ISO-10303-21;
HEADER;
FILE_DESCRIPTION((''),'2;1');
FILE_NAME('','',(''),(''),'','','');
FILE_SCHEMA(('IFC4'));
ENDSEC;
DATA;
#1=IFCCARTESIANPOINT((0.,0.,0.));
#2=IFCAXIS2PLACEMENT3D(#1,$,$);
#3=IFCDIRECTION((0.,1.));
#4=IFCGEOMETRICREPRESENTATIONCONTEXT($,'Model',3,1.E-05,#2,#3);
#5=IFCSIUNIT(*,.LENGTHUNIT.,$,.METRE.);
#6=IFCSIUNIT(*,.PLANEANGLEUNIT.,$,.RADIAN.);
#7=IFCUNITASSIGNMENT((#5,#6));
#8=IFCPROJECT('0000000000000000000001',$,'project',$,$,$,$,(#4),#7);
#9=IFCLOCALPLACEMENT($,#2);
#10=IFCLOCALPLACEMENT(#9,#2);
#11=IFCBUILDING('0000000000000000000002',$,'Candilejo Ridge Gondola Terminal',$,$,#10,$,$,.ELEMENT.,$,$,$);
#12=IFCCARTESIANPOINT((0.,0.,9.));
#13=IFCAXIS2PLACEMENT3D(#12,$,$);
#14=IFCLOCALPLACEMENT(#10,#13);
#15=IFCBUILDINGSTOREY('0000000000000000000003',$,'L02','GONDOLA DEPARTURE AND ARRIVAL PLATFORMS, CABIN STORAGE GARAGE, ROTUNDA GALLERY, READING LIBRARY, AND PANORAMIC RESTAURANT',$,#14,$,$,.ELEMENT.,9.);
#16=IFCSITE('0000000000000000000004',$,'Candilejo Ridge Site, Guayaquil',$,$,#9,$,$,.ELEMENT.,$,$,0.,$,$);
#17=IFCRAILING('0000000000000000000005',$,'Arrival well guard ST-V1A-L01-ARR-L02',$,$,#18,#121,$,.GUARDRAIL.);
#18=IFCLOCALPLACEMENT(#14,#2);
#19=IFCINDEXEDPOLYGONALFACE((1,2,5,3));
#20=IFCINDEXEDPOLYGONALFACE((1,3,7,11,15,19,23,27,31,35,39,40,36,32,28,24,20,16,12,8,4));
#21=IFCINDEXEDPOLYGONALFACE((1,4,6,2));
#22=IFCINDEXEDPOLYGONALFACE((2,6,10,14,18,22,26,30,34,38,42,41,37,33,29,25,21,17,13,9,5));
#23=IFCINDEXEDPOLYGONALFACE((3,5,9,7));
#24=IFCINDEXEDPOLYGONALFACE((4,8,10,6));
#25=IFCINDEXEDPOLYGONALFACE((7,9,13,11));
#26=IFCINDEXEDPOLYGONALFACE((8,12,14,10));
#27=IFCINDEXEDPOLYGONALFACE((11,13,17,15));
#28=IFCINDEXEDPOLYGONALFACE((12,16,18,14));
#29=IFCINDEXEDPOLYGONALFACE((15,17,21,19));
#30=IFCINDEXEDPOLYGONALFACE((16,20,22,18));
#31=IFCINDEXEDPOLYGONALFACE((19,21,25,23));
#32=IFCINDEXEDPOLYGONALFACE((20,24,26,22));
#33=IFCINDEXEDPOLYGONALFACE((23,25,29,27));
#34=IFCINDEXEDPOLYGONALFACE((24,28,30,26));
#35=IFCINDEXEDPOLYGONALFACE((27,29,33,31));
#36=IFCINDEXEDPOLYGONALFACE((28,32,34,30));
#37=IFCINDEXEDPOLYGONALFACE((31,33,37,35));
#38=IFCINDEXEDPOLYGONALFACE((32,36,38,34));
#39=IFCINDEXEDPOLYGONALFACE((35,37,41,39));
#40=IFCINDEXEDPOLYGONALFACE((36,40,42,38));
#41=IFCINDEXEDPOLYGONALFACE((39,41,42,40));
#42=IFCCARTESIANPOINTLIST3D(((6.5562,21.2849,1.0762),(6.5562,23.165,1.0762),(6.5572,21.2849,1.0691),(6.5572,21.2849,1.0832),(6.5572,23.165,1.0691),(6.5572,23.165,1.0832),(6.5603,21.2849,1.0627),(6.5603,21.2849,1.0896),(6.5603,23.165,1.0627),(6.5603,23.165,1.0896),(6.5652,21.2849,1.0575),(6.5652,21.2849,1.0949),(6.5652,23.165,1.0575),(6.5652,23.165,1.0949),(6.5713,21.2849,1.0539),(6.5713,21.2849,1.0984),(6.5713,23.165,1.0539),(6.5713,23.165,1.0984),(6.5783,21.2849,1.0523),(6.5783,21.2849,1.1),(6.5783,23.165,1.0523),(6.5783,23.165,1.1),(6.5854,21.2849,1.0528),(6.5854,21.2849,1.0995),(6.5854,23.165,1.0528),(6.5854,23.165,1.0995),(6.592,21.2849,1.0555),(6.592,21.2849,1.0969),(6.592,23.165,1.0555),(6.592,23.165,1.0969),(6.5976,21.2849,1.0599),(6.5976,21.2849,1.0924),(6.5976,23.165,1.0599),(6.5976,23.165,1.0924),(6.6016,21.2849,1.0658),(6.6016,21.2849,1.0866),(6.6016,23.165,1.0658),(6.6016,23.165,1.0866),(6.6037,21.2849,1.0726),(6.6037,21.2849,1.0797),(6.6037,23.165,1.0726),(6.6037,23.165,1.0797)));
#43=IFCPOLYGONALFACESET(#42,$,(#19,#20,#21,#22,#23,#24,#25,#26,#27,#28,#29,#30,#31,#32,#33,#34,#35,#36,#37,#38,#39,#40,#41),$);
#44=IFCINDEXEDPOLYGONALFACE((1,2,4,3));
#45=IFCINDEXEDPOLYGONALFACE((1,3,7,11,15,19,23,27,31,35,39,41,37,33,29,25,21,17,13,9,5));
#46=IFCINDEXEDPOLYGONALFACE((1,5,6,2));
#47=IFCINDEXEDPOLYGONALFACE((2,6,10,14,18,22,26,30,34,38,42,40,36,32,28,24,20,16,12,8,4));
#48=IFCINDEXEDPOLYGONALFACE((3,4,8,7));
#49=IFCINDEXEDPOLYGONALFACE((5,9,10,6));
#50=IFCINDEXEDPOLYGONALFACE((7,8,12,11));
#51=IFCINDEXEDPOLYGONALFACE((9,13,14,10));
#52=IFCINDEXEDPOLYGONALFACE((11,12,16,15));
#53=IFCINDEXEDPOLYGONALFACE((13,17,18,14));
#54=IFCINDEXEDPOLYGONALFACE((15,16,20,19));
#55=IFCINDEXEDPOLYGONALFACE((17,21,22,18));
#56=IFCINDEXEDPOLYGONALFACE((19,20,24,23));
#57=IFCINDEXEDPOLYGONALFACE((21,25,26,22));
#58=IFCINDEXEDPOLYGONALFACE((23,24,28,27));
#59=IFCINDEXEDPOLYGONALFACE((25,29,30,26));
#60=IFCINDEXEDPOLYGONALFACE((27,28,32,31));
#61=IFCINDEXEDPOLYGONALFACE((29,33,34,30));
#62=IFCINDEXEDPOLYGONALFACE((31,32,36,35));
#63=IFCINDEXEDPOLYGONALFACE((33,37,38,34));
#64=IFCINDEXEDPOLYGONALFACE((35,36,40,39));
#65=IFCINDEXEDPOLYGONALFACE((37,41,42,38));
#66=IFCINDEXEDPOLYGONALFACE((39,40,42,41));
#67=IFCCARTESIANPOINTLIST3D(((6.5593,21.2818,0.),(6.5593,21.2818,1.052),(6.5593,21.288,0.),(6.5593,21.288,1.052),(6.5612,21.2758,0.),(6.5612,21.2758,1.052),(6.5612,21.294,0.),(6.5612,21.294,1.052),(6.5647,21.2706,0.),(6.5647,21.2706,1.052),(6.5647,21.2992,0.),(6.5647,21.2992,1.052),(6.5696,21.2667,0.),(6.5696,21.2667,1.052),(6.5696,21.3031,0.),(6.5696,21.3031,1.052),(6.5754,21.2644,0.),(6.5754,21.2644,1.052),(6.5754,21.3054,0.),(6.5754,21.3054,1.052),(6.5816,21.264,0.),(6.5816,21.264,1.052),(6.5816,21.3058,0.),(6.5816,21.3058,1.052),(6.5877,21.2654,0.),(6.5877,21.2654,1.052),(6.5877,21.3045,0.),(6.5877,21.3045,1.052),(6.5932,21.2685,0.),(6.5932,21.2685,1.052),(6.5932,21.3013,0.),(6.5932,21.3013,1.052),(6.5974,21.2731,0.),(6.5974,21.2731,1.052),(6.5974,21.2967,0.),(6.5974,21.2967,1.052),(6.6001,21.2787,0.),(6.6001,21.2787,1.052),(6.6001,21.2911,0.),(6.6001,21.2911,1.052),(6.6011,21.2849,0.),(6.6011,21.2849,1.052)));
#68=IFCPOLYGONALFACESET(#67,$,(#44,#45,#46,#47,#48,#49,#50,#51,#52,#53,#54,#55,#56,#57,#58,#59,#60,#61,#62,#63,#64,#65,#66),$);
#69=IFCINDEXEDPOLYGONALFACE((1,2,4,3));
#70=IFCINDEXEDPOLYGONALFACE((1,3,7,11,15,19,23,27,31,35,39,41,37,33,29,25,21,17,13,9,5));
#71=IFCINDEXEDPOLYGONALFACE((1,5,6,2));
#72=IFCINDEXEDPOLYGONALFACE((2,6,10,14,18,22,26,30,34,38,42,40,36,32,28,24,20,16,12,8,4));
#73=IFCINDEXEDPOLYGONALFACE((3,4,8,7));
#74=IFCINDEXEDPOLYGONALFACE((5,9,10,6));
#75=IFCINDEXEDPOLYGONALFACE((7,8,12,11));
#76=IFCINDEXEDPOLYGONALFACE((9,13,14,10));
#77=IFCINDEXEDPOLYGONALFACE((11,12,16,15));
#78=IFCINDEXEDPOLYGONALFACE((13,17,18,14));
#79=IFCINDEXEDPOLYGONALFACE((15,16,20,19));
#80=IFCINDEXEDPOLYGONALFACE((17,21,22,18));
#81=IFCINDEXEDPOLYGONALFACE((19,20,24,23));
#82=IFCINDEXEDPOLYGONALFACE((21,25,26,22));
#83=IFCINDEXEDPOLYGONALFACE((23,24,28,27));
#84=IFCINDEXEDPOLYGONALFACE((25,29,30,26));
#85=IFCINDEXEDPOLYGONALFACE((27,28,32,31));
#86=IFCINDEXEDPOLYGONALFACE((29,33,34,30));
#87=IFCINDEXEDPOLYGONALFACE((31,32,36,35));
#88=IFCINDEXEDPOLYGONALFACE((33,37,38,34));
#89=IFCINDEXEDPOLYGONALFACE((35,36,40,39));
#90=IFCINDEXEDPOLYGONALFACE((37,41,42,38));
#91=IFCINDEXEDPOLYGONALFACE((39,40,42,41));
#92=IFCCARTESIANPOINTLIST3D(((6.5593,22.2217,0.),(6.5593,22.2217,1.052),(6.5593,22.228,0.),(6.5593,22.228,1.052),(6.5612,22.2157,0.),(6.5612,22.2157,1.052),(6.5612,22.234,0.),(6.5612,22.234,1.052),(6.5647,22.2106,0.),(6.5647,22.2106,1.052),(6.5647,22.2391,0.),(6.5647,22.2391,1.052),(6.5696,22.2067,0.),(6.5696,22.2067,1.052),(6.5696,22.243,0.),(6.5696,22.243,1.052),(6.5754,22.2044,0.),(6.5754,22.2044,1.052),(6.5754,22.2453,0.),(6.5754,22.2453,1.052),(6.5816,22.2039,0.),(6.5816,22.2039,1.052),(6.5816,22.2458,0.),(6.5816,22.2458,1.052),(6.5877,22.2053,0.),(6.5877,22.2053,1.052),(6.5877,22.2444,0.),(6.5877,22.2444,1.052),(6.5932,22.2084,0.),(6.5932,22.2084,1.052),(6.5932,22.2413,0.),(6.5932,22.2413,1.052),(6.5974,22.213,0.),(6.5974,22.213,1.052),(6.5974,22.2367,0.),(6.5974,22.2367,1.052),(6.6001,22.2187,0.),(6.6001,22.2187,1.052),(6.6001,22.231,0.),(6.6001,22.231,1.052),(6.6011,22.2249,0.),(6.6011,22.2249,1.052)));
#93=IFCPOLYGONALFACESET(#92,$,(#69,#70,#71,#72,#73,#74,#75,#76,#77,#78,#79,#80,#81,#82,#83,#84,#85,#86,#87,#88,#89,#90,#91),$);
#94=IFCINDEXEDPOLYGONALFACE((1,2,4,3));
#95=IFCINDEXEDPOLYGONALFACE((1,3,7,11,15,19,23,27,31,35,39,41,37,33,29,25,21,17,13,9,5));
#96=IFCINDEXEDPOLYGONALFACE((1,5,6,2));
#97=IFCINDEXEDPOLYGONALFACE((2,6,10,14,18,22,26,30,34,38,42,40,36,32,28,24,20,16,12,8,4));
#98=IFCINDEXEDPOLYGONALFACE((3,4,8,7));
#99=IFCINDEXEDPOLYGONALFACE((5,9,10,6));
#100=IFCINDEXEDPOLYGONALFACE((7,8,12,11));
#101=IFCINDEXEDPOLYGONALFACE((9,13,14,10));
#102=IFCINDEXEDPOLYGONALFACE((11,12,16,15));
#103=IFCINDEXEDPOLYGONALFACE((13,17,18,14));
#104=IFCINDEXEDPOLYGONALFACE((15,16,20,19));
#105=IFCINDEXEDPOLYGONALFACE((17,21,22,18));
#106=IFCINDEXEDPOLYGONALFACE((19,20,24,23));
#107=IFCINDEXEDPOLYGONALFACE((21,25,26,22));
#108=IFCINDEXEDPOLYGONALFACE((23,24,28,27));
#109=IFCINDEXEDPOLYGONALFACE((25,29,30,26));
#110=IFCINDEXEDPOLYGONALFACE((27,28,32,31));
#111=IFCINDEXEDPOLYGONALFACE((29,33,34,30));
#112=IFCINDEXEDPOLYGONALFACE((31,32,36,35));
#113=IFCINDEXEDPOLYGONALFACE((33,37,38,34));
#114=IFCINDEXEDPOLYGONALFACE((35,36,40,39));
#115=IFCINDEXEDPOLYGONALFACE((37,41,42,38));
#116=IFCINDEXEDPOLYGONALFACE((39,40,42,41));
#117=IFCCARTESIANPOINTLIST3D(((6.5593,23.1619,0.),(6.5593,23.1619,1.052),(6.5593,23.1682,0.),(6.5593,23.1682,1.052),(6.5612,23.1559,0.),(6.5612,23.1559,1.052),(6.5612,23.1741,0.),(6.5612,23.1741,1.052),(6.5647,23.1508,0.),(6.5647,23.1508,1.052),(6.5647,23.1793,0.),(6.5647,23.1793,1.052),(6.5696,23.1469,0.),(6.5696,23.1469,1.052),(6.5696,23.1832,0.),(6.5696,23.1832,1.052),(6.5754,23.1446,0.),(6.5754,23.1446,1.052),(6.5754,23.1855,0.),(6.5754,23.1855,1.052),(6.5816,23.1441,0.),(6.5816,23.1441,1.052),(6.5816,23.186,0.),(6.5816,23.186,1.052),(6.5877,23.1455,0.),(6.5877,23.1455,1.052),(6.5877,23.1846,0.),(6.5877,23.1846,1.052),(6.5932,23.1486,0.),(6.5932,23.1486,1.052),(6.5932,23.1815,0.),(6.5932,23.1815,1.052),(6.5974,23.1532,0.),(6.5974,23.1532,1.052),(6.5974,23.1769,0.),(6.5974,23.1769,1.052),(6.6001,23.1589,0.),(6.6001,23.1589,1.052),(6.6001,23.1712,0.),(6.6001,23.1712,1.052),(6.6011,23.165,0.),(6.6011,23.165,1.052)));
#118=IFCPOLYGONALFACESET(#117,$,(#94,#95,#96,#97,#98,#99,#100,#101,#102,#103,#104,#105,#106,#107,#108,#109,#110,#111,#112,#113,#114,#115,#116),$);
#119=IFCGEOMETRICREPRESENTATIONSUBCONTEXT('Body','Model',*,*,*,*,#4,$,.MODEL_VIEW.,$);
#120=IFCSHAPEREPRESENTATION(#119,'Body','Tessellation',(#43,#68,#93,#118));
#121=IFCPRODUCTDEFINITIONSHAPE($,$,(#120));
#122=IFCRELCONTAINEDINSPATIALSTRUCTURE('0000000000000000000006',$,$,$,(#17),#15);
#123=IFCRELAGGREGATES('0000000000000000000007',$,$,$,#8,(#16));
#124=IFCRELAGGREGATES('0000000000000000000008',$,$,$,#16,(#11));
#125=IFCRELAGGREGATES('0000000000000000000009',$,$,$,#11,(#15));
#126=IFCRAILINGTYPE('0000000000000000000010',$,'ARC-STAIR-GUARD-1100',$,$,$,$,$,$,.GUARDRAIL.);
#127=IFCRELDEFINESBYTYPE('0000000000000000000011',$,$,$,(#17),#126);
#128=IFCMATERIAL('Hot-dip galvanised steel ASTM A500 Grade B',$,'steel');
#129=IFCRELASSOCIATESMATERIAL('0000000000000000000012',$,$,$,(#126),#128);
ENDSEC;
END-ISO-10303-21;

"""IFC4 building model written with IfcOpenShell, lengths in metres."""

from ifc_helpers import new_model, si_unit, direction, frame, origin, origin_2d, place, context, subcontext, project, spatial, circle, extrude, material, type_object, element, save


model = new_model("IFC4")

# Units and contexts
model_context = context("Model", 3, precision=1e-05, world=origin(), true_north=direction((0.0, 1.0)))
body_context = subcontext(model_context, "Body", "Model", "MODEL_VIEW")
ifc_project = project(units=[si_unit("LENGTHUNIT", "METRE"), si_unit("PLANEANGLEUNIT", "RADIAN")], contexts=[model_context])

# Site, building, storey
site_placement = place(None, origin())
site = spatial("IfcSite", under=ifc_project, at=site_placement, Name="Candilejo Ridge Site, Guayaquil", CompositionType="ELEMENT", RefElevation=0.0)
building_placement = place(site_placement, origin())
building = spatial("IfcBuilding", under=site, at=building_placement, Name="Candilejo Ridge Gondola Terminal", CompositionType="ELEMENT")
storey_placement = place(building_placement, frame((0.0, 0.0, 9.0)))
storey = spatial("IfcBuildingStorey", under=building, at=storey_placement, Name="L02", Description="GONDOLA DEPARTURE AND ARRIVAL PLATFORMS, CABIN STORAGE GARAGE, ROTUNDA GALLERY, READING LIBRARY, AND PANORAMIC RESTAURANT", CompositionType="ELEMENT", Elevation=9.0)

# Railing
ifc_material_1 = material(Name="Hot-dip galvanised steel ASTM A500 Grade B", Category="steel")
railing_type = type_object("IfcRailingType", Name="ARC-STAIR-GUARD-1100", PredefinedType="GUARDRAIL", material=ifc_material_1)
railing_placement = place(storey_placement, frame((6.5801, 21.2849, 0.0)))
element("IfcRailing", 1, at=railing_placement, inside=storey, type_object=railing_type, Name="Arrival well guard ST-V1A-L01-ARR-L02", PredefinedType="GUARDRAIL", context=body_context, shape_type="SweptSolid", body=[
    extrude(circle(Radius=0.0239, at=origin_2d()), frame((0.0, 0.0, 1.0762), z_axis=(0.0, 1.0, 0.0), x_axis=(-1.0, 0.0, 0.0)), (0.0, 0.0, 1.0), 1.8801),
    extrude(circle(Radius=0.021, at=origin_2d()), origin(), (0.0, 0.0, 1.0), 1.052),
    extrude(circle(Radius=0.021, at=origin_2d()), frame((0.0, 0.9399, 0.0)), (0.0, 0.0, 1.0), 1.052),
    extrude(circle(Radius=0.021, at=origin_2d()), frame((0.0, 1.8801, 0.0)), (0.0, 0.0, 1.0), 1.052),
])

save(model, "model.ifc")
